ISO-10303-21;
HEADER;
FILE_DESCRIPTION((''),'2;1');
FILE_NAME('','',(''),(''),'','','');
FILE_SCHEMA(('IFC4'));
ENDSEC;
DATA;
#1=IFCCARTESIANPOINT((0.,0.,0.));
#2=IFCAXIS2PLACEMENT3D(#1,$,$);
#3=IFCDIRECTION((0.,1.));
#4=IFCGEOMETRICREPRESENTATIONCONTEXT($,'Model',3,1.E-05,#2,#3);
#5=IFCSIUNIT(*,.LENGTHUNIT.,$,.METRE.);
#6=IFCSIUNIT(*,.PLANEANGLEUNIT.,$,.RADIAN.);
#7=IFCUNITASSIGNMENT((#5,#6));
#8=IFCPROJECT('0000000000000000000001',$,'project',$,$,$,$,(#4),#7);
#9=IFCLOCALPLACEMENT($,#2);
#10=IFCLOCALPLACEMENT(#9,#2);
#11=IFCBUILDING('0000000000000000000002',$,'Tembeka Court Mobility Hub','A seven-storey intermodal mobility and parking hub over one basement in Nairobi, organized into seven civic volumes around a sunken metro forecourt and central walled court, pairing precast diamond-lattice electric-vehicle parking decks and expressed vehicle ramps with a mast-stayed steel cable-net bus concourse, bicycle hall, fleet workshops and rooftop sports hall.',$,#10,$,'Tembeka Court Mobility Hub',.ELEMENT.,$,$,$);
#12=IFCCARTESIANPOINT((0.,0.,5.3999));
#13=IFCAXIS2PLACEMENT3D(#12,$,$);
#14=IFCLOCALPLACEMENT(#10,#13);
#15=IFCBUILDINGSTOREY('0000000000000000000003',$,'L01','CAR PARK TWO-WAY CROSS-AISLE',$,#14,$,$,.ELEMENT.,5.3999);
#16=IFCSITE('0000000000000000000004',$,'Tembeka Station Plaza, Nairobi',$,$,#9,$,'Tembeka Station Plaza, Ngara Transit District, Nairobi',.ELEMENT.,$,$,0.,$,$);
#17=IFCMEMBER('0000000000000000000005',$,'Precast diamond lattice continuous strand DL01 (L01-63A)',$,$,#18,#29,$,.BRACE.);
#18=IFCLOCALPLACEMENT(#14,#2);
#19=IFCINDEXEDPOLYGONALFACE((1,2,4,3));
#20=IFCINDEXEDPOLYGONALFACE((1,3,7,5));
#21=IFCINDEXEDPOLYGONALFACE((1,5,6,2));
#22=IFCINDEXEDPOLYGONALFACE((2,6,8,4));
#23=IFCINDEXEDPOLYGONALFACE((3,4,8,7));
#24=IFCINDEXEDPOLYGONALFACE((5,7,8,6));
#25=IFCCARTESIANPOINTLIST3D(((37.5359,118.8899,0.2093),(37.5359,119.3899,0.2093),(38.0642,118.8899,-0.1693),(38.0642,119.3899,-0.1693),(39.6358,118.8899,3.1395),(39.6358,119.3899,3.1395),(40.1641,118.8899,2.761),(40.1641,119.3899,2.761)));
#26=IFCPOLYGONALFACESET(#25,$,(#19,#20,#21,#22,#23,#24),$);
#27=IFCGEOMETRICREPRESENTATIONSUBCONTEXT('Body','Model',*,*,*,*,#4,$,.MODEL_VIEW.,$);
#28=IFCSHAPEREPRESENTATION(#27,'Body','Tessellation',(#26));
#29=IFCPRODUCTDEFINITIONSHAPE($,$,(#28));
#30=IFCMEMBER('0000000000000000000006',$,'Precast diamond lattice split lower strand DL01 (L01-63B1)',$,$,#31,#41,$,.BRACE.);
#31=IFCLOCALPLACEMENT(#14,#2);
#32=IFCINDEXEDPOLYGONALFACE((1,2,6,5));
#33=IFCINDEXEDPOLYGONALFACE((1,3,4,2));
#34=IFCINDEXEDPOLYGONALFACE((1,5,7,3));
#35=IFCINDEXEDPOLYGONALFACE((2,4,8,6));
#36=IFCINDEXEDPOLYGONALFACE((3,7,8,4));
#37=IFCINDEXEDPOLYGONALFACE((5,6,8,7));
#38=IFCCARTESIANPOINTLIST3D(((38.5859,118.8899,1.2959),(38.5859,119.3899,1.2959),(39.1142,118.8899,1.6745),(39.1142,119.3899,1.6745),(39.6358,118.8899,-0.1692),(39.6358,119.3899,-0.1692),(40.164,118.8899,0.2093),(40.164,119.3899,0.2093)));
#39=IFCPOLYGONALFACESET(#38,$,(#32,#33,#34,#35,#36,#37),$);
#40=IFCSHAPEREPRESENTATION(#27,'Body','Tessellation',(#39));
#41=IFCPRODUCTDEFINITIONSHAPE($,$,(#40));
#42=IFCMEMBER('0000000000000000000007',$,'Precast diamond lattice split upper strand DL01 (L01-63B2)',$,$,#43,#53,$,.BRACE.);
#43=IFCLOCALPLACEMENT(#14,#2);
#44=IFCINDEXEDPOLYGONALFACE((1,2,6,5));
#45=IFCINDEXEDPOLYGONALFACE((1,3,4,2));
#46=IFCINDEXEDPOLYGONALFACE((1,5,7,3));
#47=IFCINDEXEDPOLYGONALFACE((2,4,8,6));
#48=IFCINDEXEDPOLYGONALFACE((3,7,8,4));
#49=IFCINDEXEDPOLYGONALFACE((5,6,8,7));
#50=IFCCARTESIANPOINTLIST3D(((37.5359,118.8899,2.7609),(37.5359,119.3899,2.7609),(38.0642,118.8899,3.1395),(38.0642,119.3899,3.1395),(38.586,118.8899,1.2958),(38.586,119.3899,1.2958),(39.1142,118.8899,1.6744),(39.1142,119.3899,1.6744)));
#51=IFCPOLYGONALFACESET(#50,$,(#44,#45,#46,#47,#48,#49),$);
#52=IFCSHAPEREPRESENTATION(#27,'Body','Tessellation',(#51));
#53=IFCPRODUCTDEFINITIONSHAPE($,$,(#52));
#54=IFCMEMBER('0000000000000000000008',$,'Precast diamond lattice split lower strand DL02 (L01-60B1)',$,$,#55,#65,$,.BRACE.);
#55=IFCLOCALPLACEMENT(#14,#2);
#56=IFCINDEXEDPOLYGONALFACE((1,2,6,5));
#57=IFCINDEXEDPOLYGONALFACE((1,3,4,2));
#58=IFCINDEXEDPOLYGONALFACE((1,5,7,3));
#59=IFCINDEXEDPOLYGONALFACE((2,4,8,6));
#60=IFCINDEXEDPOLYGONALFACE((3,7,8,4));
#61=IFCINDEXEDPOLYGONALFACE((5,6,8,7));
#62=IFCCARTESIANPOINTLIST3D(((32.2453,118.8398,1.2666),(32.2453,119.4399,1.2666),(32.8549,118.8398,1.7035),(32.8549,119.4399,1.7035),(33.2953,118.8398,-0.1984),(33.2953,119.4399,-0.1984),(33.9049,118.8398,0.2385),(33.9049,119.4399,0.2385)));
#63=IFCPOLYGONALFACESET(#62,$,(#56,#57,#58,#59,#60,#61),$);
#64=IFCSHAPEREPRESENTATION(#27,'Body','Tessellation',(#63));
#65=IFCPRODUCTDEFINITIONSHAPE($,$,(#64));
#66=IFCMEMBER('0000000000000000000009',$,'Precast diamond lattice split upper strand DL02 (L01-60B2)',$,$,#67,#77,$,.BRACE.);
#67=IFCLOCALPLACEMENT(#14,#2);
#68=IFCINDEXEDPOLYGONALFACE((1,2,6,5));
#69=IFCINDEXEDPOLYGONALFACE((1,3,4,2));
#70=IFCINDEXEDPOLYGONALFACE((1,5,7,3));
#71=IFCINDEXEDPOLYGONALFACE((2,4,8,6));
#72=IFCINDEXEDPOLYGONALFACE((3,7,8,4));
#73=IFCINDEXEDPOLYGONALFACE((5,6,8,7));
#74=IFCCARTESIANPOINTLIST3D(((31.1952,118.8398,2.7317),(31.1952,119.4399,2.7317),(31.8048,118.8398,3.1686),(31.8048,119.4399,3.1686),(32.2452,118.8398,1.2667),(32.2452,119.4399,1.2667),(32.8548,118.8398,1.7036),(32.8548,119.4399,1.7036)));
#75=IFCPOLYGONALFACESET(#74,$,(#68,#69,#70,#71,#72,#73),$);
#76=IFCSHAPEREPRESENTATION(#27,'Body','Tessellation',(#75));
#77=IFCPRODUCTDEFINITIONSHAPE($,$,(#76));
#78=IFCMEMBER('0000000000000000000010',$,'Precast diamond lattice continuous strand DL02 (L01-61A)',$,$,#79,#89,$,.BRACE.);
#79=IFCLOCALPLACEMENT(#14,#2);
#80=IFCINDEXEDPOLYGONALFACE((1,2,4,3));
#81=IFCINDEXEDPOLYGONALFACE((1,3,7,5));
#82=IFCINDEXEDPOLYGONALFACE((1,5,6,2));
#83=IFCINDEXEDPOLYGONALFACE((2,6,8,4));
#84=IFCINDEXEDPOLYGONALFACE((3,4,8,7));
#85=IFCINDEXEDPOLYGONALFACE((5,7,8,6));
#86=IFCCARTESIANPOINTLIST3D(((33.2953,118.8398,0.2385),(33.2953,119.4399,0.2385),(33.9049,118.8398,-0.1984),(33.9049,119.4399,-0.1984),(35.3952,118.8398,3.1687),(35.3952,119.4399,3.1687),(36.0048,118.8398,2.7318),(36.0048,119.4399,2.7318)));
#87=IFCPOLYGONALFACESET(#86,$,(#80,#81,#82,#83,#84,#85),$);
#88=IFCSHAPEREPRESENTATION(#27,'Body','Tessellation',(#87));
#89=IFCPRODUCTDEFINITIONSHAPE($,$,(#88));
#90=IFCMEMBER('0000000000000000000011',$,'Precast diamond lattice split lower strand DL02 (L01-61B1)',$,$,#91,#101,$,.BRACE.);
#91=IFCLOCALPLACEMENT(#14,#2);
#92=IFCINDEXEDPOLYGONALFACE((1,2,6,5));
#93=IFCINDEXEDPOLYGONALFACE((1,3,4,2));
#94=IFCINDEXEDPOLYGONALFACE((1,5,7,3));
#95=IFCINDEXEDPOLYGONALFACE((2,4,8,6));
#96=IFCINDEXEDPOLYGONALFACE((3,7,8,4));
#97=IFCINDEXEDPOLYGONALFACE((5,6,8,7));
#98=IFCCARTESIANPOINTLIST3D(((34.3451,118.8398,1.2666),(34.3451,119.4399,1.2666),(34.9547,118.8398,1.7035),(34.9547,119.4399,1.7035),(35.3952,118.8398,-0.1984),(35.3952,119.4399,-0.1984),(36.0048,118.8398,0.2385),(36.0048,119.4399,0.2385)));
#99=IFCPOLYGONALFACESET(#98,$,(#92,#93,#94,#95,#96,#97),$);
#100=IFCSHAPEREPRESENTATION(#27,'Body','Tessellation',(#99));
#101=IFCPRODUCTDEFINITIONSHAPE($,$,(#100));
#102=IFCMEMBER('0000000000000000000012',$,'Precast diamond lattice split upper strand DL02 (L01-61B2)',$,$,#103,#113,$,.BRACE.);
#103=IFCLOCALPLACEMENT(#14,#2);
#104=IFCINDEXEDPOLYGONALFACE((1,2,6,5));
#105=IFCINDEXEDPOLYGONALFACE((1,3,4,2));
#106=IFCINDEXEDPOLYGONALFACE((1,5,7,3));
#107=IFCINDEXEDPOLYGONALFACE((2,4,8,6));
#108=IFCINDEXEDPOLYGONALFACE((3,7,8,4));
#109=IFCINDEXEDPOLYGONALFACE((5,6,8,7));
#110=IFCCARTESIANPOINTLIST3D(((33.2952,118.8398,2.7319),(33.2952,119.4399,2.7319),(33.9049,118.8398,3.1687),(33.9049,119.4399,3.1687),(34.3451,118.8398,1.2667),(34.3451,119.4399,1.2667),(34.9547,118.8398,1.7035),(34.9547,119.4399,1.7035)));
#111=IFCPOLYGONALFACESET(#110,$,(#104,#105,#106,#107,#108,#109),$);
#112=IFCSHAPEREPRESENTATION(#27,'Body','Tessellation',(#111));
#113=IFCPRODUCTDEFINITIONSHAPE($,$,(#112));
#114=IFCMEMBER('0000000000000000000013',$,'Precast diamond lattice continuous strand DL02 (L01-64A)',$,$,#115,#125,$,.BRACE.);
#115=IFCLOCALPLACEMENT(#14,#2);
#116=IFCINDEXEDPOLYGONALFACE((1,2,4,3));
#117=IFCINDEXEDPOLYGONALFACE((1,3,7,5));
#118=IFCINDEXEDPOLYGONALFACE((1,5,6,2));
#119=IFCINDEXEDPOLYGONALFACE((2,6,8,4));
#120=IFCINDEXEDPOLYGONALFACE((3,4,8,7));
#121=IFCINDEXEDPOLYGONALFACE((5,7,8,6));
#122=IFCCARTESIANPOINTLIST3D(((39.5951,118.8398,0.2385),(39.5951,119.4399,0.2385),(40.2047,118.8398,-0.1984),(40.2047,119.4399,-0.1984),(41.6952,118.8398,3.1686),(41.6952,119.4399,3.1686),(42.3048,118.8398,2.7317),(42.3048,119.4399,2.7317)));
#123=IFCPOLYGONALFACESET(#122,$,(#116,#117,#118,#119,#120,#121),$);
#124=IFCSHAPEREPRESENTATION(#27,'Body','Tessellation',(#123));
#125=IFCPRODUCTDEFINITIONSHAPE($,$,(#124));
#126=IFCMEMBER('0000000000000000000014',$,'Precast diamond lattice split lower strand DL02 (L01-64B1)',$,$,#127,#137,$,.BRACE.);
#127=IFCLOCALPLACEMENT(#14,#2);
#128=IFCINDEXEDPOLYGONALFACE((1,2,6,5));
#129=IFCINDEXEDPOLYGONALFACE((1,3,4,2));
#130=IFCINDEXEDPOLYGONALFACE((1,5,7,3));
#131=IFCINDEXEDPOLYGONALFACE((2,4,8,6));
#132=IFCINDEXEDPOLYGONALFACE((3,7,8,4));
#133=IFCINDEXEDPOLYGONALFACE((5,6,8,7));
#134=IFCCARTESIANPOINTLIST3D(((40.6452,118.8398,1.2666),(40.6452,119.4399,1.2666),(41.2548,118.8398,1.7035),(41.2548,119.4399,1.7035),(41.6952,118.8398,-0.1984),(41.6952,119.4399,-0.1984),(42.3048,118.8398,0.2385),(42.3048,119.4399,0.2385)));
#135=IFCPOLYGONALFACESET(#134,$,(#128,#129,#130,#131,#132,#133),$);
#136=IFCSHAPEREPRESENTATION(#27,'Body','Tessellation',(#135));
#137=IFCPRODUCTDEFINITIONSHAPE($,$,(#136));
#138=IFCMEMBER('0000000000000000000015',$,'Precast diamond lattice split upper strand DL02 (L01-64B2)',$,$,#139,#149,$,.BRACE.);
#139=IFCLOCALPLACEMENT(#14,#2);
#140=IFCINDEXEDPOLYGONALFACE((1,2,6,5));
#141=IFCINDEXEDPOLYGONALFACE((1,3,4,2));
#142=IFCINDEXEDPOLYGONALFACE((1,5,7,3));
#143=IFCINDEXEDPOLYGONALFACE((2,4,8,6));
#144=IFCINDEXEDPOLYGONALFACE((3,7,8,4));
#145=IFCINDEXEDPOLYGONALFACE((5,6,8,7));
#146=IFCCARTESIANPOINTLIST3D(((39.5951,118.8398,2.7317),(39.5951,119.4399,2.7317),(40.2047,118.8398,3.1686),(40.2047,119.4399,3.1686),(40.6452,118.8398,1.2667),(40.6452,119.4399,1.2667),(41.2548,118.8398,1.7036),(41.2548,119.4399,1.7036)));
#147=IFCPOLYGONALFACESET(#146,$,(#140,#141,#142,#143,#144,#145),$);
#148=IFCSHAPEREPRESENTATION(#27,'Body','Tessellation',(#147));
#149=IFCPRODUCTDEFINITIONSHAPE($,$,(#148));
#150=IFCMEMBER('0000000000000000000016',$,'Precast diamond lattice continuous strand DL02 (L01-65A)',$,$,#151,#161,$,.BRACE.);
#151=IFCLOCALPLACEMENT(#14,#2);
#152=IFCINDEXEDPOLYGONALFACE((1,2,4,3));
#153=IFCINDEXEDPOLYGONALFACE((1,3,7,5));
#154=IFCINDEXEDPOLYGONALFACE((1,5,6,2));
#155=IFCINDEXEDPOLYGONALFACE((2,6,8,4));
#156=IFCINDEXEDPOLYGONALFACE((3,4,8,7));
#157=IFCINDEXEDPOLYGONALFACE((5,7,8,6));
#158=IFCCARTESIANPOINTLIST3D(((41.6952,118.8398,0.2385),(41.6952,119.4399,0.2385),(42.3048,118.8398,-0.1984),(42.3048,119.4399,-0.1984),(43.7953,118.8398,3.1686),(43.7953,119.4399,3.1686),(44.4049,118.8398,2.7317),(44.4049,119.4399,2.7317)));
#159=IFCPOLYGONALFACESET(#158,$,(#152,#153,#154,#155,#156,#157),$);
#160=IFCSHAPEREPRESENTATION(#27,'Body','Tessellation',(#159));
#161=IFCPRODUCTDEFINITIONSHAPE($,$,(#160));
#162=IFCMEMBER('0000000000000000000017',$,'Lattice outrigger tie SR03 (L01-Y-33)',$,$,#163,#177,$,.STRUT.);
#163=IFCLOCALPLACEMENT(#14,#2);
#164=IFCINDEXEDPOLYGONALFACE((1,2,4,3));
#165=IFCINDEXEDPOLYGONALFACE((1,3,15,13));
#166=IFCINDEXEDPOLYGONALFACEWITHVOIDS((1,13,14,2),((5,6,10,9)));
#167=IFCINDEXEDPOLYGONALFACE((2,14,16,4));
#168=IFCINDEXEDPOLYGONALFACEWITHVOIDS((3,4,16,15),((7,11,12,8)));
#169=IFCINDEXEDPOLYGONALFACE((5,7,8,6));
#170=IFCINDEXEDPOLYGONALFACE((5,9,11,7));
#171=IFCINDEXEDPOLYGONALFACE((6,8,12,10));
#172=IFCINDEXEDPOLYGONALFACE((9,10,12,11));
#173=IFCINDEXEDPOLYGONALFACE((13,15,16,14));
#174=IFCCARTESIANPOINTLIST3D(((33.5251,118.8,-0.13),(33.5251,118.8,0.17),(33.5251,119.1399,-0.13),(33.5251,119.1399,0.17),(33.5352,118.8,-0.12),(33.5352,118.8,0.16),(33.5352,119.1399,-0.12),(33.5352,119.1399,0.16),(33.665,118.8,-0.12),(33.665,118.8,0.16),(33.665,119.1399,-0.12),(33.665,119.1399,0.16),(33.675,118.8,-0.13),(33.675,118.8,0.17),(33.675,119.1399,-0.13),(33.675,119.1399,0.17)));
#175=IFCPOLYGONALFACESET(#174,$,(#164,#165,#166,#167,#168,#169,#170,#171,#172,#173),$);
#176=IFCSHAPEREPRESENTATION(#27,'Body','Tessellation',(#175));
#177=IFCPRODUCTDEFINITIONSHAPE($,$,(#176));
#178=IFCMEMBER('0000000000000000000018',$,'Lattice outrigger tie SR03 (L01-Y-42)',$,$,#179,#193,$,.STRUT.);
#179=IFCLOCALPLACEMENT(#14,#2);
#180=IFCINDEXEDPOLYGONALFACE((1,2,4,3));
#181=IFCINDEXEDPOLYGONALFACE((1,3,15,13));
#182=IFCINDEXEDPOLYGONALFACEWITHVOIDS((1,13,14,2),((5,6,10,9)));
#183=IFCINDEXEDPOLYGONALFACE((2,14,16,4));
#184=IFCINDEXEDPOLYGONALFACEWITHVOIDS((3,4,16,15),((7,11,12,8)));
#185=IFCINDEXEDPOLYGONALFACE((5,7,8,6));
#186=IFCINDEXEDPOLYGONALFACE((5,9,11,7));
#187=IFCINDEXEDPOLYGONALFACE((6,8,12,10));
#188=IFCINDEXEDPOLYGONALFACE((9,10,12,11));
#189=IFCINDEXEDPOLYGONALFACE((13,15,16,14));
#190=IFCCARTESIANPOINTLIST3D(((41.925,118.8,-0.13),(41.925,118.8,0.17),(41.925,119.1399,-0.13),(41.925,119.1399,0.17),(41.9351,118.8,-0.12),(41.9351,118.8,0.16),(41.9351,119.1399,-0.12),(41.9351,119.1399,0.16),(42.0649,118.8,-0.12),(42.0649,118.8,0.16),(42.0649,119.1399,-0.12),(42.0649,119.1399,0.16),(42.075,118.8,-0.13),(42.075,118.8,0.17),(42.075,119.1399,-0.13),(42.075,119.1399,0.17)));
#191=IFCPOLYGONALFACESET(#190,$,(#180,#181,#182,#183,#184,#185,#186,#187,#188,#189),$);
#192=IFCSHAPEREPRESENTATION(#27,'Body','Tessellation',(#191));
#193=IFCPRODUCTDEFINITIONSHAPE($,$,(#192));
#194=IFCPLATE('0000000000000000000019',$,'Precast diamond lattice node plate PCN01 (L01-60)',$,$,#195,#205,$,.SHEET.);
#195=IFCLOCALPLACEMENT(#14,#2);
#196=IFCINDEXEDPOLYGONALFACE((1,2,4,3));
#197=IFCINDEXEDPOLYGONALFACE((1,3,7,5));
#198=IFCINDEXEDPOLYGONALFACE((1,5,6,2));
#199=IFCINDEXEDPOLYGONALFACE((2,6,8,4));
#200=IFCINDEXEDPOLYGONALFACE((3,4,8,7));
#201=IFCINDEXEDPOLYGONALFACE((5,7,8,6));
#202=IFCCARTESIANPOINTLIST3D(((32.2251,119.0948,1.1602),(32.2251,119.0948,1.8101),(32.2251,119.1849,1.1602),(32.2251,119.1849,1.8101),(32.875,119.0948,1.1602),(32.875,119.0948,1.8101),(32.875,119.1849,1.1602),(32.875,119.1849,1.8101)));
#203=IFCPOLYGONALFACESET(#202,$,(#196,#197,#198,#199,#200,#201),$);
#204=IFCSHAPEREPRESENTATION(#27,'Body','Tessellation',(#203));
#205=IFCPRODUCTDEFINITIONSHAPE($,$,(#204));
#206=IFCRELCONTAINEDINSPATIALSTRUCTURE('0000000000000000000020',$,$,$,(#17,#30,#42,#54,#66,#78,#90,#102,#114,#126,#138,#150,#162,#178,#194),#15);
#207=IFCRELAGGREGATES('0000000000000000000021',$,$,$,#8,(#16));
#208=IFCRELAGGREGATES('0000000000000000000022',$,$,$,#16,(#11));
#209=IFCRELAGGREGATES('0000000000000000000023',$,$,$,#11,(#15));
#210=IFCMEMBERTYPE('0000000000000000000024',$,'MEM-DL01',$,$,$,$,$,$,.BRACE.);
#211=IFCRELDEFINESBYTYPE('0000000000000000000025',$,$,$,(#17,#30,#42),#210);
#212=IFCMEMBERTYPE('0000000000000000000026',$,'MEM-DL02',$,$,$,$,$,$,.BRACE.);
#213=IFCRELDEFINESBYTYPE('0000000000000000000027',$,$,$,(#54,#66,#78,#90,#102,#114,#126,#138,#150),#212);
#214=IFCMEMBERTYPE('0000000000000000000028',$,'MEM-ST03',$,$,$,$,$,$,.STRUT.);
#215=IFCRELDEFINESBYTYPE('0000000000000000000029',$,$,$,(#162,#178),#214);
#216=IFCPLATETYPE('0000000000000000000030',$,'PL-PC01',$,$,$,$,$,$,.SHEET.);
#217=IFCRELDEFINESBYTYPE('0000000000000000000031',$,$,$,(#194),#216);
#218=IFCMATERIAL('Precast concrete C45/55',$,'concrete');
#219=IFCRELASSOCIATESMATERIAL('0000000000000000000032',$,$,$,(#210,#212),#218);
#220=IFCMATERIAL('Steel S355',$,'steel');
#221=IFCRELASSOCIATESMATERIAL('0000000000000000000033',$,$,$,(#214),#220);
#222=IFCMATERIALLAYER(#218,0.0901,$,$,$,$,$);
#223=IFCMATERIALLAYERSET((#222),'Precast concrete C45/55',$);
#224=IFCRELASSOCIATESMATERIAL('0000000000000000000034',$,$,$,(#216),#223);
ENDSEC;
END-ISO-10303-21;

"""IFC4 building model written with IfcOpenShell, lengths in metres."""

from ifc_helpers import new_model, si_unit, direction, frame, origin, origin_2d, place, context, subcontext, project, spatial, rectangle, hollow_rectangle, extrude, material, layer, layer_set, material_profile, profile_set, type_object, element, save


model = new_model("IFC4")

# Units and contexts
model_context = context("Model", 3, precision=1e-05, world=origin(), true_north=direction((0.0, 1.0)))
body_context = subcontext(model_context, "Body", "Model", "MODEL_VIEW")
ifc_project = project(units=[si_unit("LENGTHUNIT", "METRE"), si_unit("PLANEANGLEUNIT", "RADIAN")], contexts=[model_context])

# Site, building, storey
site_placement = place(None, origin())
site = spatial("IfcSite", under=ifc_project, at=site_placement, Name="Tembeka Station Plaza, Nairobi", LongName="Tembeka Station Plaza, Ngara Transit District, Nairobi", CompositionType="ELEMENT", RefElevation=0.0)
building_placement = place(site_placement, origin())
building = spatial("IfcBuilding", under=site, at=building_placement, Name="Tembeka Court Mobility Hub", Description="A seven-storey intermodal mobility and parking hub over one basement in Nairobi, organized into seven civic volumes around a sunken metro forecourt and central walled court, pairing precast diamond-lattice electric-vehicle parking decks and expressed vehicle ramps with a mast-stayed steel cable-net bus concourse, bicycle hall, fleet workshops and rooftop sports hall.", LongName="Tembeka Court Mobility Hub", CompositionType="ELEMENT")
storey_placement = place(building_placement, frame((0.0, 0.0, 5.3999)))
storey = spatial("IfcBuildingStorey", under=building, at=storey_placement, Name="L01", Description="CAR PARK TWO-WAY CROSS-AISLE", CompositionType="ELEMENT", Elevation=5.3999)

# Shared definitions
ifc_material_1 = material(Name="Steel S355", Category="steel")

# Shared definitions
ifc_material_2 = material(Name="Precast concrete C45/55", Category="concrete")

# Members
ifc_material_profile_1 = material_profile(ifc_material_2, rectangle(XDim=0.5, YDim=0.6499, at=origin_2d()), Name="PC-DIAG 500x650")
ifc_profile_set_1 = profile_set([ifc_material_profile_1], Name="Precast concrete C45/55")
member_type_1 = type_object("IfcMemberType", Name="MEM-DL01", PredefinedType="BRACE", material=ifc_profile_set_1)
member_1_placement = place(storey_placement, frame((37.8, 119.1399, 0.02), z_axis=(0.5825, 0.0, 0.812831), x_axis=(0.0, 1.0, 0.0)))
element("IfcMember", 1, at=member_1_placement, inside=storey, type_object=member_type_1, Name="Precast diamond lattice continuous strand DL01 (L01-63A)", PredefinedType="BRACE", context=body_context, shape_type="SweptSolid", body=[
    extrude(rectangle(XDim=0.5, YDim=0.6499, at=origin_2d()), origin(), (0.0, 0.0, 1.0), 3.605),
])
for number, where, z_axis, x_axis, name in (
    (2, (39.8999, 119.1399, 0.02), (-0.582455, 0.0, 0.812863), (0.0, -1.0, 0.0), "Precast diamond lattice split lower strand DL01 (L01-63B1)"),
    (3, (38.8501, 119.1399, 1.4851), (-0.582544, 0.0, 0.812799), (0.0, -1.0, 0.0), "Precast diamond lattice split upper strand DL01 (L01-63B2)"),
):
    element("IfcMember", number, at=place(storey_placement, frame(where, z_axis=z_axis, x_axis=x_axis)), inside=storey, type_object=member_type_1, Name=name, PredefinedType="BRACE", context=body_context, shape_type="SweptSolid", body=[
        extrude(rectangle(XDim=0.5, YDim=0.6499, at=origin_2d()), origin(), (0.0, 0.0, 1.0), 1.8025),
    ])
ifc_material_profile_2 = material_profile(ifc_material_2, rectangle(XDim=0.6001, YDim=0.75, at=origin_2d()), Name="PC-DIAG 600x750")
ifc_profile_set_2 = profile_set([ifc_material_profile_2], Name="Precast concrete C45/55")
member_type_2 = type_object("IfcMemberType", Name="MEM-DL02", PredefinedType="BRACE", material=ifc_profile_set_2)
for number, where, z_axis, x_axis, name in (
    (4, (33.6001, 119.1399, 0.02), (-0.582544, 0.0, 0.812799), (0.0, -1.0, 0.0), "Precast diamond lattice split lower strand DL02 (L01-60B1)"),
    (5, (32.55, 119.1399, 1.4851), (-0.582544, 0.0, 0.812799), (0.0, -1.0, 0.0), "Precast diamond lattice split upper strand DL02 (L01-60B2)"),
):
    element("IfcMember", number, at=place(storey_placement, frame(where, z_axis=z_axis, x_axis=x_axis)), inside=storey, type_object=member_type_2, Name=name, PredefinedType="BRACE", context=body_context, shape_type="SweptSolid", body=[
        extrude(rectangle(XDim=0.6001, YDim=0.75, at=origin_2d()), origin(), (0.0, 0.0, 1.0), 1.8025),
    ])
member_2_placement = place(storey_placement, frame((33.6001, 119.1399, 0.02), z_axis=(0.5825, 0.0, 0.812831), x_axis=(0.0, 1.0, 0.0)))
element("IfcMember", 6, at=member_2_placement, inside=storey, type_object=member_type_2, Name="Precast diamond lattice continuous strand DL02 (L01-61A)", PredefinedType="BRACE", context=body_context, shape_type="SweptSolid", body=[
    extrude(rectangle(XDim=0.6001, YDim=0.75, at=origin_2d()), origin(), (0.0, 0.0, 1.0), 3.605),
])
for number, where, z_axis, x_axis, name in (
    (7, (35.7, 119.1399, 0.02), (-0.582544, 0.0, 0.812799), (0.0, -1.0, 0.0), "Precast diamond lattice split lower strand DL02 (L01-61B1)"),
    (8, (34.6499, 119.1399, 1.4851), (-0.582455, 0.0, 0.812863), (0.0, -1.0, 0.0), "Precast diamond lattice split upper strand DL02 (L01-61B2)"),
):
    element("IfcMember", number, at=place(storey_placement, frame(where, z_axis=z_axis, x_axis=x_axis)), inside=storey, type_object=member_type_2, Name=name, PredefinedType="BRACE", context=body_context, shape_type="SweptSolid", body=[
        extrude(rectangle(XDim=0.6001, YDim=0.75, at=origin_2d()), origin(), (0.0, 0.0, 1.0), 1.8025),
    ])
member_3_placement = place(storey_placement, frame((39.8999, 119.1399, 0.02), z_axis=(0.582544, 0.0, 0.812799), x_axis=(0.0, 1.0, 0.0)))
element("IfcMember", 9, at=member_3_placement, inside=storey, type_object=member_type_2, Name="Precast diamond lattice continuous strand DL02 (L01-64A)", PredefinedType="BRACE", context=body_context, shape_type="SweptSolid", body=[
    extrude(rectangle(XDim=0.6001, YDim=0.75, at=origin_2d()), origin(), (0.0, 0.0, 1.0), 3.605),
])
for number, where, z_axis, x_axis, name in (
    (10, (42.0, 119.1399, 0.02), (-0.582544, 0.0, 0.812799), (0.0, -1.0, 0.0), "Precast diamond lattice split lower strand DL02 (L01-64B1)"),
    (11, (40.95, 119.1399, 1.4851), (-0.582544, 0.0, 0.812799), (0.0, -1.0, 0.0), "Precast diamond lattice split upper strand DL02 (L01-64B2)"),
):
    element("IfcMember", number, at=place(storey_placement, frame(where, z_axis=z_axis, x_axis=x_axis)), inside=storey, type_object=member_type_2, Name=name, PredefinedType="BRACE", context=body_context, shape_type="SweptSolid", body=[
        extrude(rectangle(XDim=0.6001, YDim=0.75, at=origin_2d()), origin(), (0.0, 0.0, 1.0), 1.8025),
    ])
member_4_placement = place(storey_placement, frame((42.0, 119.1399, 0.02), z_axis=(0.582544, 0.0, 0.812799), x_axis=(0.0, 1.0, 0.0)))
element("IfcMember", 12, at=member_4_placement, inside=storey, type_object=member_type_2, Name="Precast diamond lattice continuous strand DL02 (L01-65A)", PredefinedType="BRACE", context=body_context, shape_type="SweptSolid", body=[
    extrude(rectangle(XDim=0.6001, YDim=0.75, at=origin_2d()), origin(), (0.0, 0.0, 1.0), 3.605),
])
ifc_material_profile_3 = material_profile(ifc_material_1, hollow_rectangle(XDim=0.1499, YDim=0.3, WallThickness=0.01, at=origin_2d()), Name="RHS 300x150x10")
ifc_profile_set_3 = profile_set([ifc_material_profile_3], Name="Steel S355")
member_type_3 = type_object("IfcMemberType", Name="MEM-ST03", PredefinedType="STRUT", material=ifc_profile_set_3)
for number, where, z_axis, x_axis, name in (
    (13, (33.6001, 118.8, 0.02), (0.0, 1.0, 0.0), (-1.0, 0.0, 0.0), "Lattice outrigger tie SR03 (L01-Y-33)"),
    (14, (42.0, 118.8, 0.02), (0.0, 1.0, 0.0), (-1.0, 0.0, 0.0), "Lattice outrigger tie SR03 (L01-Y-42)"),
):
    element("IfcMember", number, at=place(storey_placement, frame(where, z_axis=z_axis, x_axis=x_axis)), inside=storey, type_object=member_type_3, Name=name, PredefinedType="STRUT", context=body_context, shape_type="SweptSolid", body=[
        extrude(hollow_rectangle(XDim=0.1499, YDim=0.3, WallThickness=0.01, at=origin_2d()), origin(), (0.0, 0.0, 1.0), 0.3398),
    ])

# Plate
ifc_layer = layer(ifc_material_2, 0.0901)
ifc_layer_set = layer_set([ifc_layer], Name="Precast concrete C45/55")
plate_type = type_object("IfcPlateType", Name="PL-PC01", PredefinedType="SHEET", material=ifc_layer_set)
for number, where, z_axis, x_axis, name in (
    (15, (32.55, 119.1399, 1.1602), (0.0, 0.0, 1.0), (1.0, 0.0, 0.0), "Precast diamond lattice node plate PCN01 (L01-60)"),
):
    element("IfcPlate", number, at=place(storey_placement, frame(where, z_axis=z_axis, x_axis=x_axis)), inside=storey, type_object=plate_type, Name=name, PredefinedType="SHEET", context=body_context, shape_type="SweptSolid", body=[
        extrude(rectangle(XDim=0.6499, YDim=0.0901, at=origin_2d()), origin(), (0.0, 0.0, 1.0), 0.6499),
    ])

save(model, "model.ifc")
